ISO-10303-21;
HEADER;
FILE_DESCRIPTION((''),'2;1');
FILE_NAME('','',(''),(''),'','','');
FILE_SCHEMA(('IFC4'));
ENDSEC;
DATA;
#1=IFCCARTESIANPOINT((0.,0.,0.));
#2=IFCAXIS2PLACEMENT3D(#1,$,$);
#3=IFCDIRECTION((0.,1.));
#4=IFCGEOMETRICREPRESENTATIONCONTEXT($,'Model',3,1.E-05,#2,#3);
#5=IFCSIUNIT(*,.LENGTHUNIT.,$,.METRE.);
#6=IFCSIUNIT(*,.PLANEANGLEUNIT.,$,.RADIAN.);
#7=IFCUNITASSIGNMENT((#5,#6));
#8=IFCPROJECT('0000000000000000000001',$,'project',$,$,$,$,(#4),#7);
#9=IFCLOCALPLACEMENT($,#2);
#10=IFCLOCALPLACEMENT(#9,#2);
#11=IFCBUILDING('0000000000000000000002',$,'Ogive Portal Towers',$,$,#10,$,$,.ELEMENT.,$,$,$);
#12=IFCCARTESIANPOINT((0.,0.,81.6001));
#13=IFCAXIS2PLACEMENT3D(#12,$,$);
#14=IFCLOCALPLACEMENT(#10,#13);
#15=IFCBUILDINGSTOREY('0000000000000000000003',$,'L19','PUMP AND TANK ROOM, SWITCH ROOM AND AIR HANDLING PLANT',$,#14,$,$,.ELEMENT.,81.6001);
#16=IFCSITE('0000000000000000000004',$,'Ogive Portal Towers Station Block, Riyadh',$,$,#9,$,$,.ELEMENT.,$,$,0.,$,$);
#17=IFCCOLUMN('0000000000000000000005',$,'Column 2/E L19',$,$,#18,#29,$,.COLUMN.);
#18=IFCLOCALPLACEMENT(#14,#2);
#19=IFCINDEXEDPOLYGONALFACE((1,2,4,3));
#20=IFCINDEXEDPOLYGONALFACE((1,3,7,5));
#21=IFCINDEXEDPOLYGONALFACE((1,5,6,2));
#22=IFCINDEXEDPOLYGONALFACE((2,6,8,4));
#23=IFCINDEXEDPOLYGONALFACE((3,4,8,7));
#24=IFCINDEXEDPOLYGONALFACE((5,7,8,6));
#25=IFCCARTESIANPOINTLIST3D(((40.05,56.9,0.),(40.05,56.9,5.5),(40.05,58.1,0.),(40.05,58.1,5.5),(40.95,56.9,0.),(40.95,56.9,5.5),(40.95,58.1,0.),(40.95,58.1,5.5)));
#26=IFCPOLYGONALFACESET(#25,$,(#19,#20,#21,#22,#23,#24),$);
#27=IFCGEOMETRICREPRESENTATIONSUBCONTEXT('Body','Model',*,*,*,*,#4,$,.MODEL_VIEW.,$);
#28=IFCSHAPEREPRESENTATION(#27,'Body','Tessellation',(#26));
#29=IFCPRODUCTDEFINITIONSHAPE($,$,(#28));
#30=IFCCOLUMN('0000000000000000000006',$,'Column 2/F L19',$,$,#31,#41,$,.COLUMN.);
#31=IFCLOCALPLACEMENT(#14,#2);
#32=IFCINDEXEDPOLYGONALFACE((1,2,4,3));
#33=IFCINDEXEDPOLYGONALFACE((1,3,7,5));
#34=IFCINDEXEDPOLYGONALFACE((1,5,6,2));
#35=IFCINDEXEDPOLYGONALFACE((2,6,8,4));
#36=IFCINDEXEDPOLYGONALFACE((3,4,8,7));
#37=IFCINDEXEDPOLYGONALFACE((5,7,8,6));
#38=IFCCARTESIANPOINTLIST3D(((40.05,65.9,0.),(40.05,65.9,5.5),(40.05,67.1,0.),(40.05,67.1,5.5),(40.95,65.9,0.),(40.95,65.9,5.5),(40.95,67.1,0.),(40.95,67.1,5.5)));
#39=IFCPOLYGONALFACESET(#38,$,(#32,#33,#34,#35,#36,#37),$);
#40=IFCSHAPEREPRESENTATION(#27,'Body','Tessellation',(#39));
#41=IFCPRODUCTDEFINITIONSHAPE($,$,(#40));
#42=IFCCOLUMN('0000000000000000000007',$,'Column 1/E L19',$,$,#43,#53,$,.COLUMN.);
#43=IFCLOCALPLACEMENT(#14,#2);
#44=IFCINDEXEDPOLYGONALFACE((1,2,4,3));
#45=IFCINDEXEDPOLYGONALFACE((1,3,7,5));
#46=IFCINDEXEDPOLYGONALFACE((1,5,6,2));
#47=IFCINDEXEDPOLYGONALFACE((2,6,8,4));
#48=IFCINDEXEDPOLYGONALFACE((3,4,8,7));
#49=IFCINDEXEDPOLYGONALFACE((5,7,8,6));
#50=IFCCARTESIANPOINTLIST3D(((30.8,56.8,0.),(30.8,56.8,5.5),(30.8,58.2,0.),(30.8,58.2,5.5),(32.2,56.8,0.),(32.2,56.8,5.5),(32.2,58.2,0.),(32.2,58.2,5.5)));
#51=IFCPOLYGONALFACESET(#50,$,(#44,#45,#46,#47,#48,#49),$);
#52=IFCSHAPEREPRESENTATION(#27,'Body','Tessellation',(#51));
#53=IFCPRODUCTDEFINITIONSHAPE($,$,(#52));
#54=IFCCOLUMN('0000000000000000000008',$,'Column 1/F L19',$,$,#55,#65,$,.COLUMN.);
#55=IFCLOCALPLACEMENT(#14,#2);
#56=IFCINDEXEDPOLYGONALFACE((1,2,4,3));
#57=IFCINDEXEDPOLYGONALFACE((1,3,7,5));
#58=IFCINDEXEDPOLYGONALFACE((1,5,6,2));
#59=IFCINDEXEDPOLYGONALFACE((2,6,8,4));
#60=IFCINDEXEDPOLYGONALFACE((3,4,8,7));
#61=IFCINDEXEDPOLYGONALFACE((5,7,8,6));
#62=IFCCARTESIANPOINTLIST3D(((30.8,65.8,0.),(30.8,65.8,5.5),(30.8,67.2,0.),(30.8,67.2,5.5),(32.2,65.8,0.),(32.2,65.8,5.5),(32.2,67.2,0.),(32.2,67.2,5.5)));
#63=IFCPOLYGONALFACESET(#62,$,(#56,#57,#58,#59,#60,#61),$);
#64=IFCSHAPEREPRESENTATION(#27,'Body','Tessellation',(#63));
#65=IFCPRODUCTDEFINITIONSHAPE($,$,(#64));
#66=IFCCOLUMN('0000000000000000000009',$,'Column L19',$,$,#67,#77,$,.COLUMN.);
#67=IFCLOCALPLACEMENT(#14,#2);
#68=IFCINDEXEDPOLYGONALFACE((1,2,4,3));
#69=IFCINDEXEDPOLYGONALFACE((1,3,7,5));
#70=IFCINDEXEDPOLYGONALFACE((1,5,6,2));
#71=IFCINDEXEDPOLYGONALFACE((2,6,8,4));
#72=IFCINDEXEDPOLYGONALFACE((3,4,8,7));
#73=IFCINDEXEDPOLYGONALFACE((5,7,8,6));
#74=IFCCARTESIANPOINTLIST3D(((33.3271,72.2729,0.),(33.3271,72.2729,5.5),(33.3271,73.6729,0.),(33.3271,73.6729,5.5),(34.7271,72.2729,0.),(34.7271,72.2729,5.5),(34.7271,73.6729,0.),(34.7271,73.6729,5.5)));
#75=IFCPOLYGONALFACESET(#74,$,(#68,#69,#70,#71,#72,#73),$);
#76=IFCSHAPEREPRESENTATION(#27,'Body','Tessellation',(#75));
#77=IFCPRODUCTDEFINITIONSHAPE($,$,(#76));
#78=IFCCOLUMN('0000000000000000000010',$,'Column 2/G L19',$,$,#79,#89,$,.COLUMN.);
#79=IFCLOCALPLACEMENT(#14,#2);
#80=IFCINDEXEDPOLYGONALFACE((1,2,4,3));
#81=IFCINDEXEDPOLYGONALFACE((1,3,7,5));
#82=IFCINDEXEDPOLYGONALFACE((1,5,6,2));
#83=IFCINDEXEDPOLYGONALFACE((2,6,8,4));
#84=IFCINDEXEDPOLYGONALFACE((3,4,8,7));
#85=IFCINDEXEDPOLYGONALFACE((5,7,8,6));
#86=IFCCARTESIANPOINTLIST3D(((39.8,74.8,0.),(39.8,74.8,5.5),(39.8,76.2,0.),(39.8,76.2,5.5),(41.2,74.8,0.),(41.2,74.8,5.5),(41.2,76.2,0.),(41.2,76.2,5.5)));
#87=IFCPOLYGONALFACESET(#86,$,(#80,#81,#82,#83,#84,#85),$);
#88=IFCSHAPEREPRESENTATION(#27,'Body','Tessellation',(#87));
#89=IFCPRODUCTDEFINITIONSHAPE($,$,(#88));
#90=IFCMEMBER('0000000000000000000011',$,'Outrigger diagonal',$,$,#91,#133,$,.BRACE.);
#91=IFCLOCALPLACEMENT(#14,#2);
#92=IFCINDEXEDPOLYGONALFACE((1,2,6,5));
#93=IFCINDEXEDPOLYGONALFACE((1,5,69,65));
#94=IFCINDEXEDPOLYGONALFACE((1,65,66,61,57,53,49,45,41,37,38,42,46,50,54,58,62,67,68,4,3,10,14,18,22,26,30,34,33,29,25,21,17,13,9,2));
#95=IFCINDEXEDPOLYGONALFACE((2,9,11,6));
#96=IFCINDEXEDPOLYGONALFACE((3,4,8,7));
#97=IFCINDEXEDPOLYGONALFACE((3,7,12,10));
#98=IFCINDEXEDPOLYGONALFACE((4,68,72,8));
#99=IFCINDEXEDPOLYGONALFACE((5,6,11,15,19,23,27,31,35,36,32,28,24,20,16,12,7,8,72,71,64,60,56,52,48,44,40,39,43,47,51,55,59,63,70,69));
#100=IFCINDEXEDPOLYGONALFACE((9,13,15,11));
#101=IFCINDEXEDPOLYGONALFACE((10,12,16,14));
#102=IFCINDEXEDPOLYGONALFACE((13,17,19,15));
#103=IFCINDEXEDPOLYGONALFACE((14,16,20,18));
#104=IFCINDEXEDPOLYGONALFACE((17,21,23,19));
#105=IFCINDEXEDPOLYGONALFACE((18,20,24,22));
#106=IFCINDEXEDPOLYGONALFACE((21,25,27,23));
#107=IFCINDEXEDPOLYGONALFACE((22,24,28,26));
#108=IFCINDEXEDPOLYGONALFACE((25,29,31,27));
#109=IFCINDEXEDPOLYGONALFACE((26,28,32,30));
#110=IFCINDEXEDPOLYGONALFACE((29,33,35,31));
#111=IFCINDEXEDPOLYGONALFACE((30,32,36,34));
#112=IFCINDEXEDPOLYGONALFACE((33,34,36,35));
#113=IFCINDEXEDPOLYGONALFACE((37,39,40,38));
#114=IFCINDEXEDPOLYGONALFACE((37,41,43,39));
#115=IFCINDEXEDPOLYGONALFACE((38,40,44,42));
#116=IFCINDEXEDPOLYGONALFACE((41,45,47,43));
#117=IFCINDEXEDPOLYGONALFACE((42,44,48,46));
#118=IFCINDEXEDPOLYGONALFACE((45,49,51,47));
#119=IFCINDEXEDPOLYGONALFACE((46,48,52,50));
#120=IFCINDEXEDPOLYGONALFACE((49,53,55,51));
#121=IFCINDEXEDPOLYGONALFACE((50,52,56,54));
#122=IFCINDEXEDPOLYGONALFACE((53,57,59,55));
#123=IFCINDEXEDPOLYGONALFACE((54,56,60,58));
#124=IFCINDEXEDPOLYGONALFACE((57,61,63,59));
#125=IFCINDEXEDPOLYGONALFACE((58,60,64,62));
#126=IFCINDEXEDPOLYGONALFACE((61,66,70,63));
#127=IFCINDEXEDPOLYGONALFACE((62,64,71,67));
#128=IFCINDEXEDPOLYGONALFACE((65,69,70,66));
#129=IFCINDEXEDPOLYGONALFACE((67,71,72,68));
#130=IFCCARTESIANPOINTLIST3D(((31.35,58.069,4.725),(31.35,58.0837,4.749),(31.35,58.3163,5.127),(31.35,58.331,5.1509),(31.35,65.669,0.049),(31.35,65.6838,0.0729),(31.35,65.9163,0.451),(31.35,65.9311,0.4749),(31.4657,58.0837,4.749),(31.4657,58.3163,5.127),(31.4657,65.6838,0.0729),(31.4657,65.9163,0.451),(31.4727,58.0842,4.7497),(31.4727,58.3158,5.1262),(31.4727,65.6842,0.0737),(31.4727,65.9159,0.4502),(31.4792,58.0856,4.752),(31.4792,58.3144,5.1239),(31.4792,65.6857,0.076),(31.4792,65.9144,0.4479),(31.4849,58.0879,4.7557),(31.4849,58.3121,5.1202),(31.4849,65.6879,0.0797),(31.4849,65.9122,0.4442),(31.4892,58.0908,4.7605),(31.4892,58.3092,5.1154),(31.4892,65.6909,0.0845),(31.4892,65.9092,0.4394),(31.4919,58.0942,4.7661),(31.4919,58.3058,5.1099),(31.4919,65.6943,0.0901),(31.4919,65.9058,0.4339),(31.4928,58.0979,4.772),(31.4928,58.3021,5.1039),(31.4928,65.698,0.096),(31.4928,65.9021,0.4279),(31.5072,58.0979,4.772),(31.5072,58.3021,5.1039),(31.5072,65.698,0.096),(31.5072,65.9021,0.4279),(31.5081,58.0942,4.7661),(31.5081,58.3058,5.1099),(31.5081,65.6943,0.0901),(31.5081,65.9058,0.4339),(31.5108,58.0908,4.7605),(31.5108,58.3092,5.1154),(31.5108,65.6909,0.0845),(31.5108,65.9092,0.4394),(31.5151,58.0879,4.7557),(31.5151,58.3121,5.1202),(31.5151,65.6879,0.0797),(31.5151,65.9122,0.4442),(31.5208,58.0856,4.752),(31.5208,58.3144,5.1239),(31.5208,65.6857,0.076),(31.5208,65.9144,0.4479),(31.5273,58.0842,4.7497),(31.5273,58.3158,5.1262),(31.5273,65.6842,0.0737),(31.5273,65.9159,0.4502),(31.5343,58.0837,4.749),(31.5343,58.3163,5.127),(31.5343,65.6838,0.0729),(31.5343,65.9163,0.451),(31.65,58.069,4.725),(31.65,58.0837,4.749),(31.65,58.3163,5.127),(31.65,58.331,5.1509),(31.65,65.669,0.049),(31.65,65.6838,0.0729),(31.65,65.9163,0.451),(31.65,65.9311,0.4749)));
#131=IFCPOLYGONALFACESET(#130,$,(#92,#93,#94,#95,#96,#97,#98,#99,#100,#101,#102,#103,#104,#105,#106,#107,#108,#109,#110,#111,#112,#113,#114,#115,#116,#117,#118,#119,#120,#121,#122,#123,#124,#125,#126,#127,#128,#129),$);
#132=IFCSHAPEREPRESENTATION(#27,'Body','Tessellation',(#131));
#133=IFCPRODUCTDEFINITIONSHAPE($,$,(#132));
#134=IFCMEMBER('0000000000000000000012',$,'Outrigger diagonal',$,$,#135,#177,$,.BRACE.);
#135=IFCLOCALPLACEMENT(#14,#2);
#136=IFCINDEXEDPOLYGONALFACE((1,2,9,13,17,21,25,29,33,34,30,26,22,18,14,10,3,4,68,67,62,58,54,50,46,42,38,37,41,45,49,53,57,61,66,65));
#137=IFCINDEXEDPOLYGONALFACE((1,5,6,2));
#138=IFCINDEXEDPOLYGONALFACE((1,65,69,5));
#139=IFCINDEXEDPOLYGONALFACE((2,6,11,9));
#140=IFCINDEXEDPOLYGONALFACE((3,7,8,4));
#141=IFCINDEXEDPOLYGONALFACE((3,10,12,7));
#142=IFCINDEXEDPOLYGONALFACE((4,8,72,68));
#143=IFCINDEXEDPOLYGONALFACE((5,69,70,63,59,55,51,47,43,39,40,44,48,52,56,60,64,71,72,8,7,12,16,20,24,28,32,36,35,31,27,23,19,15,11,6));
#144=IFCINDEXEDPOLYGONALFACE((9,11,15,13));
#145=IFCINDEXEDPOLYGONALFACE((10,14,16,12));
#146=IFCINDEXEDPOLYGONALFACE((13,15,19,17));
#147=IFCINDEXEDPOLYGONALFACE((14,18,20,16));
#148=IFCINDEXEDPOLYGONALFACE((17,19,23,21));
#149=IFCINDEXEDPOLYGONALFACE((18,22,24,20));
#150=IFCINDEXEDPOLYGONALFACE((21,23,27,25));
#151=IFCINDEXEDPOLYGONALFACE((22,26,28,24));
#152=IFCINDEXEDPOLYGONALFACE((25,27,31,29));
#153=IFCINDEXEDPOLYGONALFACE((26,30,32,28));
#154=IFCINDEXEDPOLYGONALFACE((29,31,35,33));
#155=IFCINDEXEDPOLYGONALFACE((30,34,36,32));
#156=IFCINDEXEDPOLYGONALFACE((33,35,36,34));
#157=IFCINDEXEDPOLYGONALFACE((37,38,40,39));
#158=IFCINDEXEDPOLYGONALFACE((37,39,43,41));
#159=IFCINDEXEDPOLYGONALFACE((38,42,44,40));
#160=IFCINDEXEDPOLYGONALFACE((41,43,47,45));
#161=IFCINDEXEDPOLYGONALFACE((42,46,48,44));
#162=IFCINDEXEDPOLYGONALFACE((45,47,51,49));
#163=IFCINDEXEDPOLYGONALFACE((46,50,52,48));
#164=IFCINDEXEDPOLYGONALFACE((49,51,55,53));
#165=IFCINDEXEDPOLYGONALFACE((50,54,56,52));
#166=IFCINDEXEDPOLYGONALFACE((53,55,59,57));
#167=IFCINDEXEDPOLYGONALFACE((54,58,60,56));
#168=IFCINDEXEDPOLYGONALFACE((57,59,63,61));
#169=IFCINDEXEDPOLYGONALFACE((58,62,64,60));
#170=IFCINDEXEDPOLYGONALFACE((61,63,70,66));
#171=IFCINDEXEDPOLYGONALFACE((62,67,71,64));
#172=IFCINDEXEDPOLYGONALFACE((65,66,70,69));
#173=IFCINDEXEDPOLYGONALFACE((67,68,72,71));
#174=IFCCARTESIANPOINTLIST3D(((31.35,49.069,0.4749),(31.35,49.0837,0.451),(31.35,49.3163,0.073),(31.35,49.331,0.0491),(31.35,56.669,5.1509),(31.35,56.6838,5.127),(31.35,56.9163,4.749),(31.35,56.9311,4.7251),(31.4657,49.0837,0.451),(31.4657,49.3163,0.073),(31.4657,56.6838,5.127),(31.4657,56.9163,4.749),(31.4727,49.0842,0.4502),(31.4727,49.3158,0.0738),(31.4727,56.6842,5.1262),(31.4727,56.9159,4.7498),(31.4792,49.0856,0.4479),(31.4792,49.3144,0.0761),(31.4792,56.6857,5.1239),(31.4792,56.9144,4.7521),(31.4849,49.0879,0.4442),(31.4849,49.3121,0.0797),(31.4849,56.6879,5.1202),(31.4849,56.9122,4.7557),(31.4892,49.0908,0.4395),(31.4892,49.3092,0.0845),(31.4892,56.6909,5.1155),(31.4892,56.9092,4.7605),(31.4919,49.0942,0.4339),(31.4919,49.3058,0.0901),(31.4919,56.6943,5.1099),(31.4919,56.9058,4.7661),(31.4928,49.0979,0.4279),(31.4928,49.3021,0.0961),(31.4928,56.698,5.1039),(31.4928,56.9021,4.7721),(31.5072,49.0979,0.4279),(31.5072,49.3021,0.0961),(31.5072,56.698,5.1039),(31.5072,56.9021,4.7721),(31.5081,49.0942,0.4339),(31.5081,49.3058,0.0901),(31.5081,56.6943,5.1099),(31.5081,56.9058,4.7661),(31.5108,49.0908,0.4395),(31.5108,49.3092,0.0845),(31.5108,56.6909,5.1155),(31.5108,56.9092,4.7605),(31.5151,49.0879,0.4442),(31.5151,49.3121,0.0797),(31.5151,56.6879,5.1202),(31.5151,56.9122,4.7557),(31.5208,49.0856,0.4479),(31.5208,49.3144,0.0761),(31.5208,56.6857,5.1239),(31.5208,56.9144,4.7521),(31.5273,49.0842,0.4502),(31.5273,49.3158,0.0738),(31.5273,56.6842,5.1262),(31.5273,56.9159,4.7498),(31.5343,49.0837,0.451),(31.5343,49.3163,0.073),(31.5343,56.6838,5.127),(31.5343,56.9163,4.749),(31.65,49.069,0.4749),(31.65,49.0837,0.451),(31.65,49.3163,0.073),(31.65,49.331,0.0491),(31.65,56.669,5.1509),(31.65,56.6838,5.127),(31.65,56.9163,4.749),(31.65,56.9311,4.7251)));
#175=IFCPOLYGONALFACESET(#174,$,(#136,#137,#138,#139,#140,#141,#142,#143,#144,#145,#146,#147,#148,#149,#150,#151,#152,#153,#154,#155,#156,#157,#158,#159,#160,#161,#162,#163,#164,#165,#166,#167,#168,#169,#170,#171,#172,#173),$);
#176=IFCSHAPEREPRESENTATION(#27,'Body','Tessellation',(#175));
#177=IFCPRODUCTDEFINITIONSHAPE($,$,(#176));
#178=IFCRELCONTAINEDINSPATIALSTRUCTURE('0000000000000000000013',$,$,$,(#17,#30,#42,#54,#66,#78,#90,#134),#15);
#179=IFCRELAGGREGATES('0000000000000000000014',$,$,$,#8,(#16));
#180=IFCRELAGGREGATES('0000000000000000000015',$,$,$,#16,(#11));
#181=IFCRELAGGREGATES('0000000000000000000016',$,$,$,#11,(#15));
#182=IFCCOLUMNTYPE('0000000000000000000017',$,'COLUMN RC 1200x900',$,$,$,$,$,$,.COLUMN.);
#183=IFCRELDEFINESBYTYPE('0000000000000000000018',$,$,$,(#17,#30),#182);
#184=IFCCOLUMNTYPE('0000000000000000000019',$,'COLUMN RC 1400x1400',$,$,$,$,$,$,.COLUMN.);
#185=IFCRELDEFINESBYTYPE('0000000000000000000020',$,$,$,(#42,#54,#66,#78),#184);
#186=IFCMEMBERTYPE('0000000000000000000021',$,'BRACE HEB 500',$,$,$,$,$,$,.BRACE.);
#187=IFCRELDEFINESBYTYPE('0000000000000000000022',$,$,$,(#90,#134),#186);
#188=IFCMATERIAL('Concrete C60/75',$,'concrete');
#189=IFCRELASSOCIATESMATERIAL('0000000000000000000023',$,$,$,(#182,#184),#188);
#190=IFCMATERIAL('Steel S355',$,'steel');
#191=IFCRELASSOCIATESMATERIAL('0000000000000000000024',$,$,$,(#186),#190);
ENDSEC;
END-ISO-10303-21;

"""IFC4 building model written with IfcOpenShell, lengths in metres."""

from ifc_helpers import new_model, si_unit, direction, frame, origin, origin_2d, place, context, subcontext, project, spatial, rectangle, i_section, extrude, material, material_profile, profile_set, type_object, element, save


model = new_model("IFC4")

# Units and contexts
model_context = context("Model", 3, precision=1e-05, world=origin(), true_north=direction((0.0, 1.0)))
body_context = subcontext(model_context, "Body", "Model", "MODEL_VIEW")
ifc_project = project(units=[si_unit("LENGTHUNIT", "METRE"), si_unit("PLANEANGLEUNIT", "RADIAN")], contexts=[model_context])

# Site, building, storey
site_placement = place(None, origin())
site = spatial("IfcSite", under=ifc_project, at=site_placement, Name="Ogive Portal Towers Station Block, Riyadh", CompositionType="ELEMENT", RefElevation=0.0)
building_placement = place(site_placement, origin())
building = spatial("IfcBuilding", under=site, at=building_placement, Name="Ogive Portal Towers", CompositionType="ELEMENT")
storey_placement = place(building_placement, frame((0.0, 0.0, 81.6001)))
storey = spatial("IfcBuildingStorey", under=building, at=storey_placement, Name="L19", Description="PUMP AND TANK ROOM, SWITCH ROOM AND AIR HANDLING PLANT", CompositionType="ELEMENT", Elevation=81.6001)

# Columns
ifc_material_1 = material(Name="Concrete C60/75", Category="concrete")
ifc_material_profile_1 = material_profile(ifc_material_1, rectangle(XDim=1.2, YDim=0.8999, at=origin_2d()), Name="RC 1200x900")
ifc_profile_set_1 = profile_set([ifc_material_profile_1], Name="Concrete C60/75")
column_type_1 = type_object("IfcColumnType", Name="COLUMN RC 1200x900", PredefinedType="COLUMN", material=ifc_profile_set_1)
for number, where, z_axis, x_axis, name in (
    (1, (40.5, 57.5, 0.0), (0.0, 0.0, 1.0), (0.0, 1.0, 0.0), "Column 2/E L19"),
    (2, (40.5, 66.5, 0.0), (0.0, 0.0, 1.0), (0.0, 1.0, 0.0), "Column 2/F L19"),
):
    element("IfcColumn", number, at=place(storey_placement, frame(where, z_axis=z_axis, x_axis=x_axis)), inside=storey, type_object=column_type_1, Name=name, PredefinedType="COLUMN", context=body_context, shape_type="SweptSolid", body=[
        extrude(rectangle(XDim=1.2, YDim=0.8999, at=origin_2d()), origin(), (0.0, 0.0, 1.0), 5.5),
    ])
ifc_material_profile_2 = material_profile(ifc_material_1, rectangle(XDim=1.3999, YDim=1.3999, at=origin_2d()), Name="RC 1400x1400")
ifc_profile_set_2 = profile_set([ifc_material_profile_2], Name="Concrete C60/75")
column_type_2 = type_object("IfcColumnType", Name="COLUMN RC 1400x1400", PredefinedType="COLUMN", material=ifc_profile_set_2)
for number, where, z_axis, x_axis, name in (
    (3, (31.5, 57.5, 0.0), (0.0, 0.0, 1.0), (1.0, 0.0, 0.0), "Column 1/E L19"),
    (4, (31.5, 66.5, 0.0), (0.0, 0.0, 1.0), (1.0, 0.0, 0.0), "Column 1/F L19"),
    (5, (34.0271, 72.9729, 0.0), (0.0, 0.0, 1.0), (1.0, 0.0, 0.0), "Column L19"),
    (6, (40.5, 75.5, 0.0), (0.0, 0.0, 1.0), (1.0, 0.0, 0.0), "Column 2/G L19"),
):
    element("IfcColumn", number, at=place(storey_placement, frame(where, z_axis=z_axis, x_axis=x_axis)), inside=storey, type_object=column_type_2, Name=name, PredefinedType="COLUMN", context=body_context, shape_type="SweptSolid", body=[
        extrude(rectangle(XDim=1.3999, YDim=1.3999, at=origin_2d()), origin(), (0.0, 0.0, 1.0), 5.5),
    ])

# Members
ifc_material_2 = material(Name="Steel S355", Category="steel")
ifc_material_profile_3 = material_profile(ifc_material_2, i_section(OverallWidth=0.3, OverallDepth=0.5, WebThickness=0.0144, FlangeThickness=0.0281, FilletRadius=0.0271, at=origin_2d()), Name="HEB 500")
ifc_profile_set_3 = profile_set([ifc_material_profile_3], Name="Steel S355")
member_type_1 = type_object("IfcMemberType", Name="BRACE HEB 500", PredefinedType="BRACE", material=ifc_profile_set_3)
for number, where, z_axis, x_axis, name in (
    (7, (31.5, 65.8, 0.262), (0.0, -0.851706, 0.52402), (1.0, 0.0, 0.0), "Outrigger diagonal"),
    (8, (31.5, 56.8, 4.938), (0.0, -0.851706, -0.52402), (1.0, 0.0, 0.0), "Outrigger diagonal"),
):
    element("IfcMember", number, at=place(storey_placement, frame(where, z_axis=z_axis, x_axis=x_axis)), inside=storey, type_object=member_type_1, Name=name, PredefinedType="BRACE", context=body_context, shape_type="SweptSolid", body=[
        extrude(i_section(OverallWidth=0.3, OverallDepth=0.5, WebThickness=0.0144, FlangeThickness=0.0281, FilletRadius=0.0271, at=origin_2d()), origin(), (0.0, 0.0, 1.0), 8.9233),
    ])

save(model, "model.ifc")
